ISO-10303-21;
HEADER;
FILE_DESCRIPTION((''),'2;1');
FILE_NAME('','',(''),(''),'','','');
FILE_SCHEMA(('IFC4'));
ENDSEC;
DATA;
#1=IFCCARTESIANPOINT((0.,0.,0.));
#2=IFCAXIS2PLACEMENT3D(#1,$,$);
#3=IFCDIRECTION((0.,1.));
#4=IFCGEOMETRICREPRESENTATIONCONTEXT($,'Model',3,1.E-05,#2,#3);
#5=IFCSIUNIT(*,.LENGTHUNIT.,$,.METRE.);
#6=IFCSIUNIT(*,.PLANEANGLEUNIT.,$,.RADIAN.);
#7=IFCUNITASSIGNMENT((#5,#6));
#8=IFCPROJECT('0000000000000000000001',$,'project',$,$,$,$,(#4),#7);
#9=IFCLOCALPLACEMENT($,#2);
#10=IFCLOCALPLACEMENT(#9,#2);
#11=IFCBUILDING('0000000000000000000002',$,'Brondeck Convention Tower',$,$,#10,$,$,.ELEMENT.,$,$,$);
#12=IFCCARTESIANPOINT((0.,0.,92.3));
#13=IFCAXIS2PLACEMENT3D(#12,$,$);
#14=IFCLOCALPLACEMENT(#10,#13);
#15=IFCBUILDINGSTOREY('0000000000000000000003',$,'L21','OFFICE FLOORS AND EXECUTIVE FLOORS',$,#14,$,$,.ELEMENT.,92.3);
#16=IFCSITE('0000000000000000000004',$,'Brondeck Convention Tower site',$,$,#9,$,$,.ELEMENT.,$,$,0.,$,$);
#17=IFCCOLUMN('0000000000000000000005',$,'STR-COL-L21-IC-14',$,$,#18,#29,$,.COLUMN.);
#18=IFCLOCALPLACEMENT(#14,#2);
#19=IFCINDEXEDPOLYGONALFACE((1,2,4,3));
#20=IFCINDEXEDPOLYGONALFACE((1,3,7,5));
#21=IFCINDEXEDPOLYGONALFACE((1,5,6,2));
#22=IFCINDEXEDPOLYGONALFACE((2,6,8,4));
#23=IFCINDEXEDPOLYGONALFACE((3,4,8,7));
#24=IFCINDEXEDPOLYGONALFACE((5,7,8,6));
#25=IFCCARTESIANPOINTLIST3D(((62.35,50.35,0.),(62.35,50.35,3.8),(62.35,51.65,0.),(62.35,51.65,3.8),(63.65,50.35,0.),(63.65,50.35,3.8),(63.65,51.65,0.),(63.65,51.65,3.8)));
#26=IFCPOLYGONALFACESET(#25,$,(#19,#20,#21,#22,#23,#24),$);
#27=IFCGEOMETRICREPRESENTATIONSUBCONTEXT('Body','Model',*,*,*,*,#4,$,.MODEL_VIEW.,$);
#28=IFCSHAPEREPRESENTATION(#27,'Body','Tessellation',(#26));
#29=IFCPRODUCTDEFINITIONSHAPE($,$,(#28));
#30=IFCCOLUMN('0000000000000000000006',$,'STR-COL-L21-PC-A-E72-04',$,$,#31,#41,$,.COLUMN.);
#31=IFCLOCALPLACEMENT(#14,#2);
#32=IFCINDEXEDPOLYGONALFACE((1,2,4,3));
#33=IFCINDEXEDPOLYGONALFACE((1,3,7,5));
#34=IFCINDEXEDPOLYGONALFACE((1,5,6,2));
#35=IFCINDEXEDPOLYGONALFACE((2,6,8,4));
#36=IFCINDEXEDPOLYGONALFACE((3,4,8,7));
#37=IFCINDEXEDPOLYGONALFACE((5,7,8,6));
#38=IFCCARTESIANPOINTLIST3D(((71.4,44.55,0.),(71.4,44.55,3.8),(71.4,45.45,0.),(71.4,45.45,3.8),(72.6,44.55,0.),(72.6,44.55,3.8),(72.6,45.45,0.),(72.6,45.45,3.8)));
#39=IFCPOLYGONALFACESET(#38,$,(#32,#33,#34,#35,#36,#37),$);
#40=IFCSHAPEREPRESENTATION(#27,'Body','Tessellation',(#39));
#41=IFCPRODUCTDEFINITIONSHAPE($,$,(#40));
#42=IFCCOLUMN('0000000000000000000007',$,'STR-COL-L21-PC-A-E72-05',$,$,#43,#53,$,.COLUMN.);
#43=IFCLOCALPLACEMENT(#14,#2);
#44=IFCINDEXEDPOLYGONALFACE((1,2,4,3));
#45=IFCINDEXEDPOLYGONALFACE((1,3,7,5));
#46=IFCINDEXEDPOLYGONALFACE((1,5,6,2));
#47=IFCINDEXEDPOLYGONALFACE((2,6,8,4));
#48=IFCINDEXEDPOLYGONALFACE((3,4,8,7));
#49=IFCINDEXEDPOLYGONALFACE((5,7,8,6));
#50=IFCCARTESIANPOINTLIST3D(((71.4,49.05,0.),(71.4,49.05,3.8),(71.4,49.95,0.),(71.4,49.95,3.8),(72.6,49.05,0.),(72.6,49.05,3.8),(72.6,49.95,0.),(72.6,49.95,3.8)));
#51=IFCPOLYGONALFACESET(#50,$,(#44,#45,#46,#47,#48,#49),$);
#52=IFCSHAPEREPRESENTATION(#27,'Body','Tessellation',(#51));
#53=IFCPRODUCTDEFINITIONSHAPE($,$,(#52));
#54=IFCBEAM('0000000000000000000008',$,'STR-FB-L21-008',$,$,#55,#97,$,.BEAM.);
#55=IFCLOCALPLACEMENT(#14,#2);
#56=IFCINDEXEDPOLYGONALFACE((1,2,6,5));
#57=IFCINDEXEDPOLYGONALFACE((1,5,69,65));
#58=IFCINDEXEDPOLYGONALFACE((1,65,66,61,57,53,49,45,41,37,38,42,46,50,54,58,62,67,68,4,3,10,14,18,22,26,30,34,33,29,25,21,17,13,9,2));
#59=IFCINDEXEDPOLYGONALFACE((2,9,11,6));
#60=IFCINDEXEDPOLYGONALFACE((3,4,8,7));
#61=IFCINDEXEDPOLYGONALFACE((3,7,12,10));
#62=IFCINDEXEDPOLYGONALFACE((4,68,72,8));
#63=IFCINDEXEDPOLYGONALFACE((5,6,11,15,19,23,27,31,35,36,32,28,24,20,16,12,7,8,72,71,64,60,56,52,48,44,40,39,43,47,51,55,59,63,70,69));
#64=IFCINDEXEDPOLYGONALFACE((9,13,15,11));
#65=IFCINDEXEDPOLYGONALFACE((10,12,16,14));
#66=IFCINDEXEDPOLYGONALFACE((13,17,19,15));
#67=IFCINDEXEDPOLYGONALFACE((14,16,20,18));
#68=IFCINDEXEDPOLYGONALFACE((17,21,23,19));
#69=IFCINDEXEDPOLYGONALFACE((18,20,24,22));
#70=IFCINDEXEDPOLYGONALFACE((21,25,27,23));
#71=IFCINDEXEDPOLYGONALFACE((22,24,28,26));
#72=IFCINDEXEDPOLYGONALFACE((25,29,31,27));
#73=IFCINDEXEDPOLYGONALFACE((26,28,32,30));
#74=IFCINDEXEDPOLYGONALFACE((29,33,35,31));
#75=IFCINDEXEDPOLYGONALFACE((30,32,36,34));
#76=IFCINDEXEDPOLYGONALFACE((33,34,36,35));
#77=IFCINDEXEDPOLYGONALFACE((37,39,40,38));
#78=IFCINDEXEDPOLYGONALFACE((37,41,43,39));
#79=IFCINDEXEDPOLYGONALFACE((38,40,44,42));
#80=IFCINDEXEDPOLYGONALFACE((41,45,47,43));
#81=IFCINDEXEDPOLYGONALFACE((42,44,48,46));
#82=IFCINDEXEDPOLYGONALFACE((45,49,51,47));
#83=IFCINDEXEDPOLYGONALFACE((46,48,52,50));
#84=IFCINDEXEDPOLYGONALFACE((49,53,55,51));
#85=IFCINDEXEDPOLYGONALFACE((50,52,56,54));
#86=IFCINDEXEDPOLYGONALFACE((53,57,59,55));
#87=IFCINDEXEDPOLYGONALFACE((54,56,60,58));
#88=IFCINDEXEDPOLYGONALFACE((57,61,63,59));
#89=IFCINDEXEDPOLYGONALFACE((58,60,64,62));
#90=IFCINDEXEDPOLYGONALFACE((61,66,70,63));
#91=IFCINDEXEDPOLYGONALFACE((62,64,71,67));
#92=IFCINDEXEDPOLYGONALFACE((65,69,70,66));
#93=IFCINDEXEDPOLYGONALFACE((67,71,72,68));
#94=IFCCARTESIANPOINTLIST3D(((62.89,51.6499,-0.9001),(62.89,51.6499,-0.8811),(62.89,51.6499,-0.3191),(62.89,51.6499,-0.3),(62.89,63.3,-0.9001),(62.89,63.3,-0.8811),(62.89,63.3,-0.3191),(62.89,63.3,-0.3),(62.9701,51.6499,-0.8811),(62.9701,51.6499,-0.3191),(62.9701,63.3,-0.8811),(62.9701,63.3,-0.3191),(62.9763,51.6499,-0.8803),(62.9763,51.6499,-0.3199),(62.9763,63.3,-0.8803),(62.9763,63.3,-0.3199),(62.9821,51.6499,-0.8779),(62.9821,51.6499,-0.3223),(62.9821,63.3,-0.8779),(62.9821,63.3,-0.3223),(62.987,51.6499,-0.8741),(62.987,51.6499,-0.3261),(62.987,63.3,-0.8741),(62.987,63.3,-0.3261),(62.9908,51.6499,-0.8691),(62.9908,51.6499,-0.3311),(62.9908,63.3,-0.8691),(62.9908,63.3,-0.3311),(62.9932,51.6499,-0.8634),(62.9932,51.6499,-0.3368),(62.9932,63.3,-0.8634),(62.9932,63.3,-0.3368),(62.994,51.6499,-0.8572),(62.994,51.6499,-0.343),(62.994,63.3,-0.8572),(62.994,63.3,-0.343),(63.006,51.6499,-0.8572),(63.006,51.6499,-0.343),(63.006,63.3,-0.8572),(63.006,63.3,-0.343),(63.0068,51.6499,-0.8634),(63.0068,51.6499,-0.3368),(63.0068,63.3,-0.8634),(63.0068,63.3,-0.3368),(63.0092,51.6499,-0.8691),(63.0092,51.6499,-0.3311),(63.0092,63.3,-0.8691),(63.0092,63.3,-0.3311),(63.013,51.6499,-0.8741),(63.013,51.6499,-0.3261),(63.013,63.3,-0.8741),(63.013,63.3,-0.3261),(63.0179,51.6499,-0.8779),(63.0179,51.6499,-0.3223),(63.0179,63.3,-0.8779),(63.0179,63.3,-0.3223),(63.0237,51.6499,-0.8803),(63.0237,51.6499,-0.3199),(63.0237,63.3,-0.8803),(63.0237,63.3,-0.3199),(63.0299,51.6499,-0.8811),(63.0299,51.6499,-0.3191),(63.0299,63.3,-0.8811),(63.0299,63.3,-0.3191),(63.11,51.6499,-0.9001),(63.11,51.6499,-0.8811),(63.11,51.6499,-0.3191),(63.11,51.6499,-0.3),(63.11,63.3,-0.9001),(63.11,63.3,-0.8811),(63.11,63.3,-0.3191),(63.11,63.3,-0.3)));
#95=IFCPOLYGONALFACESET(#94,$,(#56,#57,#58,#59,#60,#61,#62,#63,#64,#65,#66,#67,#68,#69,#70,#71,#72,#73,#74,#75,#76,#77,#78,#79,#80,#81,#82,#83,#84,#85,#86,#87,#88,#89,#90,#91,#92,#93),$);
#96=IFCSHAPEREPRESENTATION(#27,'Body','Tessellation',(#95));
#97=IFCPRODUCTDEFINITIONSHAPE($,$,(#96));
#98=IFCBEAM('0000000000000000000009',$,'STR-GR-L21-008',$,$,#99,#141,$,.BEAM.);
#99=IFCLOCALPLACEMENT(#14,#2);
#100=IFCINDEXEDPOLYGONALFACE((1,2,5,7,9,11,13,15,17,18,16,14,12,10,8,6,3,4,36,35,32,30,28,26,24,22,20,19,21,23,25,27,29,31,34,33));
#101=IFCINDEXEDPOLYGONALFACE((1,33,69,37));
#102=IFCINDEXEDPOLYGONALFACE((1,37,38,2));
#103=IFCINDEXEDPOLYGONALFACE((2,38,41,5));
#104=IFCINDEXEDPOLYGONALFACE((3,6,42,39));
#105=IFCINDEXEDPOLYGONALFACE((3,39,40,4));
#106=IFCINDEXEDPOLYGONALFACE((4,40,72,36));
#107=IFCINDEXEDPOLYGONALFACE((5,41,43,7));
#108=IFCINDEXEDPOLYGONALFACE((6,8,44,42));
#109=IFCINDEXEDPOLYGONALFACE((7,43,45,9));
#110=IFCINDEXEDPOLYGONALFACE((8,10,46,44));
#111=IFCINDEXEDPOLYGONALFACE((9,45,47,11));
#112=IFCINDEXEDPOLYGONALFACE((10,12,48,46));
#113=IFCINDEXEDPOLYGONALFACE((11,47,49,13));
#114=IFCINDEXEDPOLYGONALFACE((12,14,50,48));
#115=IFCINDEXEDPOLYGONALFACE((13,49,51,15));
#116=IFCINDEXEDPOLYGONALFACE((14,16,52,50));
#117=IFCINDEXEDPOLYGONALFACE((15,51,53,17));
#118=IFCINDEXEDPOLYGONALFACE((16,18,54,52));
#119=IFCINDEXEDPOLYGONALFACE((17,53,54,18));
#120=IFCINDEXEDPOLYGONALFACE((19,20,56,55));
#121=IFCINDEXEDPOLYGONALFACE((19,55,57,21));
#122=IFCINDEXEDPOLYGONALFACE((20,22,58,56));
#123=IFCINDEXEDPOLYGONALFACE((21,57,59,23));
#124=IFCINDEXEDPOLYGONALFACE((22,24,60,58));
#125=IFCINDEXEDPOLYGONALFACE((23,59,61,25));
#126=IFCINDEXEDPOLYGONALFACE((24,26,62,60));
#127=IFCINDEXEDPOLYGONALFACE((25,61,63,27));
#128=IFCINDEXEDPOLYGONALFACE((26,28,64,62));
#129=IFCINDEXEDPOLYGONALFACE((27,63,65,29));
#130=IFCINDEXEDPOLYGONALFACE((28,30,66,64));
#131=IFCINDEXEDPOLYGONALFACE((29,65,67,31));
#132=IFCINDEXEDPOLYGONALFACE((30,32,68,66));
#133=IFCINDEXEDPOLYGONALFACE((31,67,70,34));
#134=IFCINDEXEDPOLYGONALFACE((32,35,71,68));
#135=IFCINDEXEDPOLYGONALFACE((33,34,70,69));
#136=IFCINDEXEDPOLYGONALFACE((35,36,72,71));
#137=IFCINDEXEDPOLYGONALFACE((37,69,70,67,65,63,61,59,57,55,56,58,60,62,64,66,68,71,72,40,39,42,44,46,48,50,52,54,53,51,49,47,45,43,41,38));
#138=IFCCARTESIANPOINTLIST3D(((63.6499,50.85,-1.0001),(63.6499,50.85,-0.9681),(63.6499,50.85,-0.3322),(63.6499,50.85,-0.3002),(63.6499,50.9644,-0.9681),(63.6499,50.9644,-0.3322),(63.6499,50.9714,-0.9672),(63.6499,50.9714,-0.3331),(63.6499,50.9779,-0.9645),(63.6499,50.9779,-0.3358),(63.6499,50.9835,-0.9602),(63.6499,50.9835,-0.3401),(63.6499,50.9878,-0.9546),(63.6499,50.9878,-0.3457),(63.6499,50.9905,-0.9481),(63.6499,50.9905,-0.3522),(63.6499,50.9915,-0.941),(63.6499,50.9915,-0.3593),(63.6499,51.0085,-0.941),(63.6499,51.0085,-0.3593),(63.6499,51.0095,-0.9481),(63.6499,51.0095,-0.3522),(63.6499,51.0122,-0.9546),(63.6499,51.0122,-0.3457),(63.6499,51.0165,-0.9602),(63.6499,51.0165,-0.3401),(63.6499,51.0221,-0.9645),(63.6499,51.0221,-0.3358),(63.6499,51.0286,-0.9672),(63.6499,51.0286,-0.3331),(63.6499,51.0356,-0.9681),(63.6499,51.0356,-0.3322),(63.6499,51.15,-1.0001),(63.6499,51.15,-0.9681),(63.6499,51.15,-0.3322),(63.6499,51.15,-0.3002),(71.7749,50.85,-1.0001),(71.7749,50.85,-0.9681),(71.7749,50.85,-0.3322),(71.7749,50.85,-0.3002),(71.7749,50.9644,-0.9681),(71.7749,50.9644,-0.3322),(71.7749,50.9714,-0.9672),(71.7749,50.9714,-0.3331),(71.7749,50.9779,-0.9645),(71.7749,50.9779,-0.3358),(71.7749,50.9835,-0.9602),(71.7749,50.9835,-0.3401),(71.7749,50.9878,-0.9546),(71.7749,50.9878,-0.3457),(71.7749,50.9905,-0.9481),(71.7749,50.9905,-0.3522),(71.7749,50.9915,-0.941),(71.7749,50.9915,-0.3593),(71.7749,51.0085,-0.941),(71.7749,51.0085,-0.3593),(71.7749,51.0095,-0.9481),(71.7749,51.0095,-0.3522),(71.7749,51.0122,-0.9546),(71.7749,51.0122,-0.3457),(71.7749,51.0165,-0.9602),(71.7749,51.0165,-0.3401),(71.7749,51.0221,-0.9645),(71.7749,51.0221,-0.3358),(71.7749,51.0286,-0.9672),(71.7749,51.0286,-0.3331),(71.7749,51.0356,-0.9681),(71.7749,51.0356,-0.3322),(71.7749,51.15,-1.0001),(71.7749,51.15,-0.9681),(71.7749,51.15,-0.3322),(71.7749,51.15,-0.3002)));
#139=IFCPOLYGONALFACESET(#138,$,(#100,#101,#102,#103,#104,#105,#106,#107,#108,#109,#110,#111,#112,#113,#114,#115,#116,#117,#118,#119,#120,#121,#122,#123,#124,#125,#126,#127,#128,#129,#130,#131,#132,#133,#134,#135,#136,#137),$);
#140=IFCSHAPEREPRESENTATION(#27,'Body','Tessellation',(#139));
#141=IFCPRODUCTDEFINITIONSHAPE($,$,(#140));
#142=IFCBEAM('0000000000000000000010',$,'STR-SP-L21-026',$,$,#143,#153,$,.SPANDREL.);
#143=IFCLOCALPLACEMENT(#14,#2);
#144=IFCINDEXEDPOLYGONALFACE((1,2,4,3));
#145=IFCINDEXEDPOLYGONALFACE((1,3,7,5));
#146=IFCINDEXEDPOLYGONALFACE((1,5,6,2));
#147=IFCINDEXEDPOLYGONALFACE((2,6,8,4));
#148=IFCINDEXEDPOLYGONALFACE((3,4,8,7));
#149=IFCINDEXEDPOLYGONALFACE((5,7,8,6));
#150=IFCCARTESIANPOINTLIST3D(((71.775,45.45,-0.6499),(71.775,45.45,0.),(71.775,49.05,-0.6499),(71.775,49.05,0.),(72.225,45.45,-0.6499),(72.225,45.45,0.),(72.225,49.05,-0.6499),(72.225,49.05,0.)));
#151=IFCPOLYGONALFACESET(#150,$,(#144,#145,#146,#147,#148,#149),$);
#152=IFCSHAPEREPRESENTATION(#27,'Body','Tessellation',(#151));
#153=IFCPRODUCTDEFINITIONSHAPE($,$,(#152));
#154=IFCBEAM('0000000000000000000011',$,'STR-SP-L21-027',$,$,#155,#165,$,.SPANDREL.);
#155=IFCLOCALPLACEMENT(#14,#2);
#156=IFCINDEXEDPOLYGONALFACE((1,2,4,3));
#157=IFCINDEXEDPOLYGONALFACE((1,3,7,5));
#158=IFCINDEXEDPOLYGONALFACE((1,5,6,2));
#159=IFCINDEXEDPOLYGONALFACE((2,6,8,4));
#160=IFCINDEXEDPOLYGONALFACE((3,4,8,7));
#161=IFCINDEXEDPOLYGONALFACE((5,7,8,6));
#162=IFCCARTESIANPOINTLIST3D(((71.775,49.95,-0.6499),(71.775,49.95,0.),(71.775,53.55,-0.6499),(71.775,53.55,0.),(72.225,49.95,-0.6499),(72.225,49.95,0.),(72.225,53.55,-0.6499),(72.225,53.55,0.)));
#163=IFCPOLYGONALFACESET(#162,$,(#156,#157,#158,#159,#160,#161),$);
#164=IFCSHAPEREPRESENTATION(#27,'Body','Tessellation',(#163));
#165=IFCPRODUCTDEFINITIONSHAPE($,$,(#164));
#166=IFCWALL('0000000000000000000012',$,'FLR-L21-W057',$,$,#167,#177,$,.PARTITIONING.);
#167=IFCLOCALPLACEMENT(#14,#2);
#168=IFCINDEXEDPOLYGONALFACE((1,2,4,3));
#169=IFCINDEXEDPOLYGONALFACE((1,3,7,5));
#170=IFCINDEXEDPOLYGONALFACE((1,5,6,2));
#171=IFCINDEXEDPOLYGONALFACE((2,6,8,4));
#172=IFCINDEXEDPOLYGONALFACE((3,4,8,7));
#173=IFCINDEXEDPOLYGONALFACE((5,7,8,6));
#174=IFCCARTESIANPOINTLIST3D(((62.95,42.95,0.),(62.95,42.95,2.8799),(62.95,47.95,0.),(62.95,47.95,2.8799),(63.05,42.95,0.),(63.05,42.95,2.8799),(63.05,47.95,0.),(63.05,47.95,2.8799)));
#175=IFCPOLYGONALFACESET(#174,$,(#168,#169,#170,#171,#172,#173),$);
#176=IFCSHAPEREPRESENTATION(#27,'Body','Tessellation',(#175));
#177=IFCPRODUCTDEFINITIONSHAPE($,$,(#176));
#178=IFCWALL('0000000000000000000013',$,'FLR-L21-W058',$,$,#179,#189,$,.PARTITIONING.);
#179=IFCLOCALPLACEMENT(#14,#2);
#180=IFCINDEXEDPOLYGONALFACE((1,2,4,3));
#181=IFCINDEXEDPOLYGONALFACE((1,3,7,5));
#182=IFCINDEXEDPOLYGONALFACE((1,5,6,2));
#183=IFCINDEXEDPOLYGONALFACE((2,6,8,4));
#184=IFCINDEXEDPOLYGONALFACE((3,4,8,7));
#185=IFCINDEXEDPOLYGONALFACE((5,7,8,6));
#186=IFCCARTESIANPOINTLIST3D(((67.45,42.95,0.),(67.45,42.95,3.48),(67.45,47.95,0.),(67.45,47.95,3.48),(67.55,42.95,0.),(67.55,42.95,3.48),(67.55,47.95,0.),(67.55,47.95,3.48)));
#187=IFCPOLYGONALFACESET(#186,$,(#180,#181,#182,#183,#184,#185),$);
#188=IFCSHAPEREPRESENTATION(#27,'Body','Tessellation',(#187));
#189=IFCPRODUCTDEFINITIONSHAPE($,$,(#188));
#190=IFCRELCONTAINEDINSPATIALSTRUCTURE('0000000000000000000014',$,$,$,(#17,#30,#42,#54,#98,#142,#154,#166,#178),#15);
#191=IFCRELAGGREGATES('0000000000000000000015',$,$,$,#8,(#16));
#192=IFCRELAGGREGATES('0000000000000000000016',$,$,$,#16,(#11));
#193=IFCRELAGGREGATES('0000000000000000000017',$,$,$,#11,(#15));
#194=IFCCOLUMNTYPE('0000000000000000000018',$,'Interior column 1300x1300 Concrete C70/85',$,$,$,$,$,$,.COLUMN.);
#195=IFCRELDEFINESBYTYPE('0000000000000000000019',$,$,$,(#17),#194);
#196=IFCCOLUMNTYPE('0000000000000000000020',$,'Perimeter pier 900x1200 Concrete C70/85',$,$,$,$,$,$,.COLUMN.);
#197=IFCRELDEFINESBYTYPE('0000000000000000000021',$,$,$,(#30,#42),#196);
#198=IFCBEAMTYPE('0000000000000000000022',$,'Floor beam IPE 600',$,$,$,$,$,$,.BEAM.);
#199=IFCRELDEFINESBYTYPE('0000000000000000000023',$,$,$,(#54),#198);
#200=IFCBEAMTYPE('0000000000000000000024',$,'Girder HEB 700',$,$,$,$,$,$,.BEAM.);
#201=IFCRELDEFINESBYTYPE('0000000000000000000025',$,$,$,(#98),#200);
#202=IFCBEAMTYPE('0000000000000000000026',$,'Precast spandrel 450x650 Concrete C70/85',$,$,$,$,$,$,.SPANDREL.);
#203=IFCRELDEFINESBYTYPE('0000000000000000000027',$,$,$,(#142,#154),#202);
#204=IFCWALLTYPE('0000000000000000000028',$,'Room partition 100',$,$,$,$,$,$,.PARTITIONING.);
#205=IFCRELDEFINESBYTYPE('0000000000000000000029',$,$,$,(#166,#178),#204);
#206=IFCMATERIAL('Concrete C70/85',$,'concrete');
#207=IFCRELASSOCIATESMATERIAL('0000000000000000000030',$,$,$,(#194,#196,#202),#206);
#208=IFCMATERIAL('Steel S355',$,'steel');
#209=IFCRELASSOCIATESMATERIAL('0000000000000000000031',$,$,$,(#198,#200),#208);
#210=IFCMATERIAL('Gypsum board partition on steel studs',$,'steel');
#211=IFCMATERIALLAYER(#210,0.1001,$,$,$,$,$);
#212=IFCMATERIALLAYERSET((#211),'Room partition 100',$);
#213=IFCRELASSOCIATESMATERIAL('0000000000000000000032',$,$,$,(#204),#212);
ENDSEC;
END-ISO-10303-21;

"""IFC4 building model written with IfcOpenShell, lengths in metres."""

from ifc_helpers import new_model, si_unit, direction, frame, frame_2d, origin, origin_2d, place, context, subcontext, project, spatial, rectangle, i_section, extrude, material, layer, layer_set, material_profile, profile_set, type_object, element, save


model = new_model("IFC4")

# Units and contexts
model_context = context("Model", 3, precision=1e-05, world=origin(), true_north=direction((0.0, 1.0)))
body_context = subcontext(model_context, "Body", "Model", "MODEL_VIEW")
ifc_project = project(units=[si_unit("LENGTHUNIT", "METRE"), si_unit("PLANEANGLEUNIT", "RADIAN")], contexts=[model_context])

# Site, building, storey
site_placement = place(None, origin())
site = spatial("IfcSite", under=ifc_project, at=site_placement, Name="Brondeck Convention Tower site", CompositionType="ELEMENT", RefElevation=0.0)
building_placement = place(site_placement, origin())
building = spatial("IfcBuilding", under=site, at=building_placement, Name="Brondeck Convention Tower", CompositionType="ELEMENT")
storey_placement = place(building_placement, frame((0.0, 0.0, 92.3)))
storey = spatial("IfcBuildingStorey", under=building, at=storey_placement, Name="L21", Description="OFFICE FLOORS AND EXECUTIVE FLOORS", CompositionType="ELEMENT", Elevation=92.3)

# Columns
ifc_material_1 = material(Name="Concrete C70/85", Category="concrete")
ifc_material_profile_1 = material_profile(ifc_material_1, rectangle(XDim=1.3, YDim=1.3, at=origin_2d()), Name="Interior column 1300x1300 Concrete C70/85")
ifc_profile_set_1 = profile_set([ifc_material_profile_1], Name="Concrete C70/85")
column_type_1 = type_object("IfcColumnType", Name="Interior column 1300x1300 Concrete C70/85", PredefinedType="COLUMN", material=ifc_profile_set_1)
column_placement = place(storey_placement, frame((63.0, 51.0, 0.0), z_axis=(0.0, 0.0, 1.0), x_axis=(1.0, 0.0, 0.0)))
element("IfcColumn", 1, at=column_placement, inside=storey, type_object=column_type_1, Name="STR-COL-L21-IC-14", PredefinedType="COLUMN", context=body_context, shape_type="SweptSolid", body=[
    extrude(rectangle(XDim=1.3, YDim=1.3, at=origin_2d()), origin(), (0.0, 0.0, 1.0), 3.8),
])
ifc_material_profile_2 = material_profile(ifc_material_1, rectangle(XDim=0.8999, YDim=1.2, at=origin_2d()), Name="Perimeter pier 900x1200 Concrete C70/85")
ifc_profile_set_2 = profile_set([ifc_material_profile_2], Name="Concrete C70/85")
column_type_2 = type_object("IfcColumnType", Name="Perimeter pier 900x1200 Concrete C70/85", PredefinedType="COLUMN", material=ifc_profile_set_2)
for number, where, z_axis, x_axis, name in (
    (2, (72.0, 45.0, 0.0), (0.0, 0.0, 1.0), (0.0, 1.0, 0.0), "STR-COL-L21-PC-A-E72-04"),
    (3, (72.0, 49.5, 0.0), (0.0, 0.0, 1.0), (0.0, 1.0, 0.0), "STR-COL-L21-PC-A-E72-05"),
):
    element("IfcColumn", number, at=place(storey_placement, frame(where, z_axis=z_axis, x_axis=x_axis)), inside=storey, type_object=column_type_2, Name=name, PredefinedType="COLUMN", context=body_context, shape_type="SweptSolid", body=[
        extrude(rectangle(XDim=0.8999, YDim=1.2, at=origin_2d()), origin(), (0.0, 0.0, 1.0), 3.8),
    ])

# Beams
ifc_material_2 = material(Name="Steel S355", Category="steel")
ifc_material_profile_3 = material_profile(ifc_material_2, i_section(OverallWidth=0.22, OverallDepth=0.6001, WebThickness=0.012, FlangeThickness=0.019, FilletRadius=0.0239, at=origin_2d()), Name="IPE 600")
ifc_profile_set_3 = profile_set([ifc_material_profile_3], Name="Steel S355")
beam_type_1 = type_object("IfcBeamType", Name="Floor beam IPE 600", PredefinedType="BEAM", material=ifc_profile_set_3)
beam_1_placement = place(storey_placement, frame((63.0, 51.6499, -0.6001), z_axis=(0.0, 1.0, 0.0), x_axis=(-1.0, 0.0, 0.0)))
element("IfcBeam", 4, at=beam_1_placement, inside=storey, type_object=beam_type_1, Name="STR-FB-L21-008", PredefinedType="BEAM", context=body_context, shape_type="SweptSolid", body=[
    extrude(i_section(OverallWidth=0.22, OverallDepth=0.6001, WebThickness=0.012, FlangeThickness=0.019, FilletRadius=0.0239, at=origin_2d()), origin(), (0.0, 0.0, 1.0), 11.6501),
])
ifc_material_profile_4 = material_profile(ifc_material_2, i_section(OverallWidth=0.3, OverallDepth=0.7, WebThickness=0.0171, FlangeThickness=0.032, FilletRadius=0.0271, at=origin_2d()), Name="HEB 700")
ifc_profile_set_4 = profile_set([ifc_material_profile_4], Name="Steel S355")
beam_type_2 = type_object("IfcBeamType", Name="Girder HEB 700", PredefinedType="BEAM", material=ifc_profile_set_4)
beam_2_placement = place(storey_placement, frame((63.6499, 51.0, -0.6501), z_axis=(1.0, 0.0, 0.0), x_axis=(0.0, 1.0, 0.0)))
element("IfcBeam", 5, at=beam_2_placement, inside=storey, type_object=beam_type_2, Name="STR-GR-L21-008", PredefinedType="BEAM", context=body_context, shape_type="SweptSolid", body=[
    extrude(i_section(OverallWidth=0.3, OverallDepth=0.7, WebThickness=0.0171, FlangeThickness=0.032, FilletRadius=0.0271, at=origin_2d()), origin(), (0.0, 0.0, 1.0), 8.125),
])
ifc_material_profile_5 = material_profile(ifc_material_1, rectangle(XDim=0.45, YDim=0.6499, at=origin_2d()), Name="Precast spandrel 450x650 Concrete C70/85")
ifc_profile_set_5 = profile_set([ifc_material_profile_5], Name="Concrete C70/85")
beam_type_3 = type_object("IfcBeamType", Name="Precast spandrel 450x650 Concrete C70/85", PredefinedType="SPANDREL", material=ifc_profile_set_5)
for number, where, z_axis, x_axis, name in (
    (6, (72.0, 45.45, -0.325), (0.0, 1.0, 0.0), (-1.0, 0.0, 0.0), "STR-SP-L21-026"),
    (7, (72.0, 49.95, -0.325), (0.0, 1.0, 0.0), (-1.0, 0.0, 0.0), "STR-SP-L21-027"),
):
    element("IfcBeam", number, at=place(storey_placement, frame(where, z_axis=z_axis, x_axis=x_axis)), inside=storey, type_object=beam_type_3, Name=name, PredefinedType="SPANDREL", context=body_context, shape_type="SweptSolid", body=[
        extrude(rectangle(XDim=0.45, YDim=0.6499, at=origin_2d()), origin(), (0.0, 0.0, 1.0), 3.6001),
    ])

# Walls
ifc_material_3 = material(Name="Gypsum board partition on steel studs", Category="steel")
ifc_layer = layer(ifc_material_3, 0.1001)
ifc_layer_set = layer_set([ifc_layer], Name="Room partition 100")
wall_type = type_object("IfcWallType", Name="Room partition 100", PredefinedType="PARTITIONING", material=ifc_layer_set)
wall_1_placement = place(storey_placement, frame((63.0, 47.95, 0.0), z_axis=(0.0, 0.0, 1.0), x_axis=(0.0, -1.0, 0.0)))
element("IfcWall", 8, at=wall_1_placement, inside=storey, type_object=wall_type, Name="FLR-L21-W057", PredefinedType="PARTITIONING", context=body_context, shape_type="SweptSolid", body=[
    extrude(rectangle(XDim=5.0, YDim=0.1001, at=frame_2d((2.5, 0.0))), origin(), (0.0, 0.0, 1.0), 2.8799),
])
wall_2_placement = place(storey_placement, frame((67.5, 47.95, 0.0), z_axis=(0.0, 0.0, 1.0), x_axis=(0.0, -1.0, 0.0)))
element("IfcWall", 9, at=wall_2_placement, inside=storey, type_object=wall_type, Name="FLR-L21-W058", PredefinedType="PARTITIONING", context=body_context, shape_type="SweptSolid", body=[
    extrude(rectangle(XDim=5.0, YDim=0.1001, at=frame_2d((2.5, 0.0))), origin(), (0.0, 0.0, 1.0), 3.48),
])

save(model, "model.ifc")
